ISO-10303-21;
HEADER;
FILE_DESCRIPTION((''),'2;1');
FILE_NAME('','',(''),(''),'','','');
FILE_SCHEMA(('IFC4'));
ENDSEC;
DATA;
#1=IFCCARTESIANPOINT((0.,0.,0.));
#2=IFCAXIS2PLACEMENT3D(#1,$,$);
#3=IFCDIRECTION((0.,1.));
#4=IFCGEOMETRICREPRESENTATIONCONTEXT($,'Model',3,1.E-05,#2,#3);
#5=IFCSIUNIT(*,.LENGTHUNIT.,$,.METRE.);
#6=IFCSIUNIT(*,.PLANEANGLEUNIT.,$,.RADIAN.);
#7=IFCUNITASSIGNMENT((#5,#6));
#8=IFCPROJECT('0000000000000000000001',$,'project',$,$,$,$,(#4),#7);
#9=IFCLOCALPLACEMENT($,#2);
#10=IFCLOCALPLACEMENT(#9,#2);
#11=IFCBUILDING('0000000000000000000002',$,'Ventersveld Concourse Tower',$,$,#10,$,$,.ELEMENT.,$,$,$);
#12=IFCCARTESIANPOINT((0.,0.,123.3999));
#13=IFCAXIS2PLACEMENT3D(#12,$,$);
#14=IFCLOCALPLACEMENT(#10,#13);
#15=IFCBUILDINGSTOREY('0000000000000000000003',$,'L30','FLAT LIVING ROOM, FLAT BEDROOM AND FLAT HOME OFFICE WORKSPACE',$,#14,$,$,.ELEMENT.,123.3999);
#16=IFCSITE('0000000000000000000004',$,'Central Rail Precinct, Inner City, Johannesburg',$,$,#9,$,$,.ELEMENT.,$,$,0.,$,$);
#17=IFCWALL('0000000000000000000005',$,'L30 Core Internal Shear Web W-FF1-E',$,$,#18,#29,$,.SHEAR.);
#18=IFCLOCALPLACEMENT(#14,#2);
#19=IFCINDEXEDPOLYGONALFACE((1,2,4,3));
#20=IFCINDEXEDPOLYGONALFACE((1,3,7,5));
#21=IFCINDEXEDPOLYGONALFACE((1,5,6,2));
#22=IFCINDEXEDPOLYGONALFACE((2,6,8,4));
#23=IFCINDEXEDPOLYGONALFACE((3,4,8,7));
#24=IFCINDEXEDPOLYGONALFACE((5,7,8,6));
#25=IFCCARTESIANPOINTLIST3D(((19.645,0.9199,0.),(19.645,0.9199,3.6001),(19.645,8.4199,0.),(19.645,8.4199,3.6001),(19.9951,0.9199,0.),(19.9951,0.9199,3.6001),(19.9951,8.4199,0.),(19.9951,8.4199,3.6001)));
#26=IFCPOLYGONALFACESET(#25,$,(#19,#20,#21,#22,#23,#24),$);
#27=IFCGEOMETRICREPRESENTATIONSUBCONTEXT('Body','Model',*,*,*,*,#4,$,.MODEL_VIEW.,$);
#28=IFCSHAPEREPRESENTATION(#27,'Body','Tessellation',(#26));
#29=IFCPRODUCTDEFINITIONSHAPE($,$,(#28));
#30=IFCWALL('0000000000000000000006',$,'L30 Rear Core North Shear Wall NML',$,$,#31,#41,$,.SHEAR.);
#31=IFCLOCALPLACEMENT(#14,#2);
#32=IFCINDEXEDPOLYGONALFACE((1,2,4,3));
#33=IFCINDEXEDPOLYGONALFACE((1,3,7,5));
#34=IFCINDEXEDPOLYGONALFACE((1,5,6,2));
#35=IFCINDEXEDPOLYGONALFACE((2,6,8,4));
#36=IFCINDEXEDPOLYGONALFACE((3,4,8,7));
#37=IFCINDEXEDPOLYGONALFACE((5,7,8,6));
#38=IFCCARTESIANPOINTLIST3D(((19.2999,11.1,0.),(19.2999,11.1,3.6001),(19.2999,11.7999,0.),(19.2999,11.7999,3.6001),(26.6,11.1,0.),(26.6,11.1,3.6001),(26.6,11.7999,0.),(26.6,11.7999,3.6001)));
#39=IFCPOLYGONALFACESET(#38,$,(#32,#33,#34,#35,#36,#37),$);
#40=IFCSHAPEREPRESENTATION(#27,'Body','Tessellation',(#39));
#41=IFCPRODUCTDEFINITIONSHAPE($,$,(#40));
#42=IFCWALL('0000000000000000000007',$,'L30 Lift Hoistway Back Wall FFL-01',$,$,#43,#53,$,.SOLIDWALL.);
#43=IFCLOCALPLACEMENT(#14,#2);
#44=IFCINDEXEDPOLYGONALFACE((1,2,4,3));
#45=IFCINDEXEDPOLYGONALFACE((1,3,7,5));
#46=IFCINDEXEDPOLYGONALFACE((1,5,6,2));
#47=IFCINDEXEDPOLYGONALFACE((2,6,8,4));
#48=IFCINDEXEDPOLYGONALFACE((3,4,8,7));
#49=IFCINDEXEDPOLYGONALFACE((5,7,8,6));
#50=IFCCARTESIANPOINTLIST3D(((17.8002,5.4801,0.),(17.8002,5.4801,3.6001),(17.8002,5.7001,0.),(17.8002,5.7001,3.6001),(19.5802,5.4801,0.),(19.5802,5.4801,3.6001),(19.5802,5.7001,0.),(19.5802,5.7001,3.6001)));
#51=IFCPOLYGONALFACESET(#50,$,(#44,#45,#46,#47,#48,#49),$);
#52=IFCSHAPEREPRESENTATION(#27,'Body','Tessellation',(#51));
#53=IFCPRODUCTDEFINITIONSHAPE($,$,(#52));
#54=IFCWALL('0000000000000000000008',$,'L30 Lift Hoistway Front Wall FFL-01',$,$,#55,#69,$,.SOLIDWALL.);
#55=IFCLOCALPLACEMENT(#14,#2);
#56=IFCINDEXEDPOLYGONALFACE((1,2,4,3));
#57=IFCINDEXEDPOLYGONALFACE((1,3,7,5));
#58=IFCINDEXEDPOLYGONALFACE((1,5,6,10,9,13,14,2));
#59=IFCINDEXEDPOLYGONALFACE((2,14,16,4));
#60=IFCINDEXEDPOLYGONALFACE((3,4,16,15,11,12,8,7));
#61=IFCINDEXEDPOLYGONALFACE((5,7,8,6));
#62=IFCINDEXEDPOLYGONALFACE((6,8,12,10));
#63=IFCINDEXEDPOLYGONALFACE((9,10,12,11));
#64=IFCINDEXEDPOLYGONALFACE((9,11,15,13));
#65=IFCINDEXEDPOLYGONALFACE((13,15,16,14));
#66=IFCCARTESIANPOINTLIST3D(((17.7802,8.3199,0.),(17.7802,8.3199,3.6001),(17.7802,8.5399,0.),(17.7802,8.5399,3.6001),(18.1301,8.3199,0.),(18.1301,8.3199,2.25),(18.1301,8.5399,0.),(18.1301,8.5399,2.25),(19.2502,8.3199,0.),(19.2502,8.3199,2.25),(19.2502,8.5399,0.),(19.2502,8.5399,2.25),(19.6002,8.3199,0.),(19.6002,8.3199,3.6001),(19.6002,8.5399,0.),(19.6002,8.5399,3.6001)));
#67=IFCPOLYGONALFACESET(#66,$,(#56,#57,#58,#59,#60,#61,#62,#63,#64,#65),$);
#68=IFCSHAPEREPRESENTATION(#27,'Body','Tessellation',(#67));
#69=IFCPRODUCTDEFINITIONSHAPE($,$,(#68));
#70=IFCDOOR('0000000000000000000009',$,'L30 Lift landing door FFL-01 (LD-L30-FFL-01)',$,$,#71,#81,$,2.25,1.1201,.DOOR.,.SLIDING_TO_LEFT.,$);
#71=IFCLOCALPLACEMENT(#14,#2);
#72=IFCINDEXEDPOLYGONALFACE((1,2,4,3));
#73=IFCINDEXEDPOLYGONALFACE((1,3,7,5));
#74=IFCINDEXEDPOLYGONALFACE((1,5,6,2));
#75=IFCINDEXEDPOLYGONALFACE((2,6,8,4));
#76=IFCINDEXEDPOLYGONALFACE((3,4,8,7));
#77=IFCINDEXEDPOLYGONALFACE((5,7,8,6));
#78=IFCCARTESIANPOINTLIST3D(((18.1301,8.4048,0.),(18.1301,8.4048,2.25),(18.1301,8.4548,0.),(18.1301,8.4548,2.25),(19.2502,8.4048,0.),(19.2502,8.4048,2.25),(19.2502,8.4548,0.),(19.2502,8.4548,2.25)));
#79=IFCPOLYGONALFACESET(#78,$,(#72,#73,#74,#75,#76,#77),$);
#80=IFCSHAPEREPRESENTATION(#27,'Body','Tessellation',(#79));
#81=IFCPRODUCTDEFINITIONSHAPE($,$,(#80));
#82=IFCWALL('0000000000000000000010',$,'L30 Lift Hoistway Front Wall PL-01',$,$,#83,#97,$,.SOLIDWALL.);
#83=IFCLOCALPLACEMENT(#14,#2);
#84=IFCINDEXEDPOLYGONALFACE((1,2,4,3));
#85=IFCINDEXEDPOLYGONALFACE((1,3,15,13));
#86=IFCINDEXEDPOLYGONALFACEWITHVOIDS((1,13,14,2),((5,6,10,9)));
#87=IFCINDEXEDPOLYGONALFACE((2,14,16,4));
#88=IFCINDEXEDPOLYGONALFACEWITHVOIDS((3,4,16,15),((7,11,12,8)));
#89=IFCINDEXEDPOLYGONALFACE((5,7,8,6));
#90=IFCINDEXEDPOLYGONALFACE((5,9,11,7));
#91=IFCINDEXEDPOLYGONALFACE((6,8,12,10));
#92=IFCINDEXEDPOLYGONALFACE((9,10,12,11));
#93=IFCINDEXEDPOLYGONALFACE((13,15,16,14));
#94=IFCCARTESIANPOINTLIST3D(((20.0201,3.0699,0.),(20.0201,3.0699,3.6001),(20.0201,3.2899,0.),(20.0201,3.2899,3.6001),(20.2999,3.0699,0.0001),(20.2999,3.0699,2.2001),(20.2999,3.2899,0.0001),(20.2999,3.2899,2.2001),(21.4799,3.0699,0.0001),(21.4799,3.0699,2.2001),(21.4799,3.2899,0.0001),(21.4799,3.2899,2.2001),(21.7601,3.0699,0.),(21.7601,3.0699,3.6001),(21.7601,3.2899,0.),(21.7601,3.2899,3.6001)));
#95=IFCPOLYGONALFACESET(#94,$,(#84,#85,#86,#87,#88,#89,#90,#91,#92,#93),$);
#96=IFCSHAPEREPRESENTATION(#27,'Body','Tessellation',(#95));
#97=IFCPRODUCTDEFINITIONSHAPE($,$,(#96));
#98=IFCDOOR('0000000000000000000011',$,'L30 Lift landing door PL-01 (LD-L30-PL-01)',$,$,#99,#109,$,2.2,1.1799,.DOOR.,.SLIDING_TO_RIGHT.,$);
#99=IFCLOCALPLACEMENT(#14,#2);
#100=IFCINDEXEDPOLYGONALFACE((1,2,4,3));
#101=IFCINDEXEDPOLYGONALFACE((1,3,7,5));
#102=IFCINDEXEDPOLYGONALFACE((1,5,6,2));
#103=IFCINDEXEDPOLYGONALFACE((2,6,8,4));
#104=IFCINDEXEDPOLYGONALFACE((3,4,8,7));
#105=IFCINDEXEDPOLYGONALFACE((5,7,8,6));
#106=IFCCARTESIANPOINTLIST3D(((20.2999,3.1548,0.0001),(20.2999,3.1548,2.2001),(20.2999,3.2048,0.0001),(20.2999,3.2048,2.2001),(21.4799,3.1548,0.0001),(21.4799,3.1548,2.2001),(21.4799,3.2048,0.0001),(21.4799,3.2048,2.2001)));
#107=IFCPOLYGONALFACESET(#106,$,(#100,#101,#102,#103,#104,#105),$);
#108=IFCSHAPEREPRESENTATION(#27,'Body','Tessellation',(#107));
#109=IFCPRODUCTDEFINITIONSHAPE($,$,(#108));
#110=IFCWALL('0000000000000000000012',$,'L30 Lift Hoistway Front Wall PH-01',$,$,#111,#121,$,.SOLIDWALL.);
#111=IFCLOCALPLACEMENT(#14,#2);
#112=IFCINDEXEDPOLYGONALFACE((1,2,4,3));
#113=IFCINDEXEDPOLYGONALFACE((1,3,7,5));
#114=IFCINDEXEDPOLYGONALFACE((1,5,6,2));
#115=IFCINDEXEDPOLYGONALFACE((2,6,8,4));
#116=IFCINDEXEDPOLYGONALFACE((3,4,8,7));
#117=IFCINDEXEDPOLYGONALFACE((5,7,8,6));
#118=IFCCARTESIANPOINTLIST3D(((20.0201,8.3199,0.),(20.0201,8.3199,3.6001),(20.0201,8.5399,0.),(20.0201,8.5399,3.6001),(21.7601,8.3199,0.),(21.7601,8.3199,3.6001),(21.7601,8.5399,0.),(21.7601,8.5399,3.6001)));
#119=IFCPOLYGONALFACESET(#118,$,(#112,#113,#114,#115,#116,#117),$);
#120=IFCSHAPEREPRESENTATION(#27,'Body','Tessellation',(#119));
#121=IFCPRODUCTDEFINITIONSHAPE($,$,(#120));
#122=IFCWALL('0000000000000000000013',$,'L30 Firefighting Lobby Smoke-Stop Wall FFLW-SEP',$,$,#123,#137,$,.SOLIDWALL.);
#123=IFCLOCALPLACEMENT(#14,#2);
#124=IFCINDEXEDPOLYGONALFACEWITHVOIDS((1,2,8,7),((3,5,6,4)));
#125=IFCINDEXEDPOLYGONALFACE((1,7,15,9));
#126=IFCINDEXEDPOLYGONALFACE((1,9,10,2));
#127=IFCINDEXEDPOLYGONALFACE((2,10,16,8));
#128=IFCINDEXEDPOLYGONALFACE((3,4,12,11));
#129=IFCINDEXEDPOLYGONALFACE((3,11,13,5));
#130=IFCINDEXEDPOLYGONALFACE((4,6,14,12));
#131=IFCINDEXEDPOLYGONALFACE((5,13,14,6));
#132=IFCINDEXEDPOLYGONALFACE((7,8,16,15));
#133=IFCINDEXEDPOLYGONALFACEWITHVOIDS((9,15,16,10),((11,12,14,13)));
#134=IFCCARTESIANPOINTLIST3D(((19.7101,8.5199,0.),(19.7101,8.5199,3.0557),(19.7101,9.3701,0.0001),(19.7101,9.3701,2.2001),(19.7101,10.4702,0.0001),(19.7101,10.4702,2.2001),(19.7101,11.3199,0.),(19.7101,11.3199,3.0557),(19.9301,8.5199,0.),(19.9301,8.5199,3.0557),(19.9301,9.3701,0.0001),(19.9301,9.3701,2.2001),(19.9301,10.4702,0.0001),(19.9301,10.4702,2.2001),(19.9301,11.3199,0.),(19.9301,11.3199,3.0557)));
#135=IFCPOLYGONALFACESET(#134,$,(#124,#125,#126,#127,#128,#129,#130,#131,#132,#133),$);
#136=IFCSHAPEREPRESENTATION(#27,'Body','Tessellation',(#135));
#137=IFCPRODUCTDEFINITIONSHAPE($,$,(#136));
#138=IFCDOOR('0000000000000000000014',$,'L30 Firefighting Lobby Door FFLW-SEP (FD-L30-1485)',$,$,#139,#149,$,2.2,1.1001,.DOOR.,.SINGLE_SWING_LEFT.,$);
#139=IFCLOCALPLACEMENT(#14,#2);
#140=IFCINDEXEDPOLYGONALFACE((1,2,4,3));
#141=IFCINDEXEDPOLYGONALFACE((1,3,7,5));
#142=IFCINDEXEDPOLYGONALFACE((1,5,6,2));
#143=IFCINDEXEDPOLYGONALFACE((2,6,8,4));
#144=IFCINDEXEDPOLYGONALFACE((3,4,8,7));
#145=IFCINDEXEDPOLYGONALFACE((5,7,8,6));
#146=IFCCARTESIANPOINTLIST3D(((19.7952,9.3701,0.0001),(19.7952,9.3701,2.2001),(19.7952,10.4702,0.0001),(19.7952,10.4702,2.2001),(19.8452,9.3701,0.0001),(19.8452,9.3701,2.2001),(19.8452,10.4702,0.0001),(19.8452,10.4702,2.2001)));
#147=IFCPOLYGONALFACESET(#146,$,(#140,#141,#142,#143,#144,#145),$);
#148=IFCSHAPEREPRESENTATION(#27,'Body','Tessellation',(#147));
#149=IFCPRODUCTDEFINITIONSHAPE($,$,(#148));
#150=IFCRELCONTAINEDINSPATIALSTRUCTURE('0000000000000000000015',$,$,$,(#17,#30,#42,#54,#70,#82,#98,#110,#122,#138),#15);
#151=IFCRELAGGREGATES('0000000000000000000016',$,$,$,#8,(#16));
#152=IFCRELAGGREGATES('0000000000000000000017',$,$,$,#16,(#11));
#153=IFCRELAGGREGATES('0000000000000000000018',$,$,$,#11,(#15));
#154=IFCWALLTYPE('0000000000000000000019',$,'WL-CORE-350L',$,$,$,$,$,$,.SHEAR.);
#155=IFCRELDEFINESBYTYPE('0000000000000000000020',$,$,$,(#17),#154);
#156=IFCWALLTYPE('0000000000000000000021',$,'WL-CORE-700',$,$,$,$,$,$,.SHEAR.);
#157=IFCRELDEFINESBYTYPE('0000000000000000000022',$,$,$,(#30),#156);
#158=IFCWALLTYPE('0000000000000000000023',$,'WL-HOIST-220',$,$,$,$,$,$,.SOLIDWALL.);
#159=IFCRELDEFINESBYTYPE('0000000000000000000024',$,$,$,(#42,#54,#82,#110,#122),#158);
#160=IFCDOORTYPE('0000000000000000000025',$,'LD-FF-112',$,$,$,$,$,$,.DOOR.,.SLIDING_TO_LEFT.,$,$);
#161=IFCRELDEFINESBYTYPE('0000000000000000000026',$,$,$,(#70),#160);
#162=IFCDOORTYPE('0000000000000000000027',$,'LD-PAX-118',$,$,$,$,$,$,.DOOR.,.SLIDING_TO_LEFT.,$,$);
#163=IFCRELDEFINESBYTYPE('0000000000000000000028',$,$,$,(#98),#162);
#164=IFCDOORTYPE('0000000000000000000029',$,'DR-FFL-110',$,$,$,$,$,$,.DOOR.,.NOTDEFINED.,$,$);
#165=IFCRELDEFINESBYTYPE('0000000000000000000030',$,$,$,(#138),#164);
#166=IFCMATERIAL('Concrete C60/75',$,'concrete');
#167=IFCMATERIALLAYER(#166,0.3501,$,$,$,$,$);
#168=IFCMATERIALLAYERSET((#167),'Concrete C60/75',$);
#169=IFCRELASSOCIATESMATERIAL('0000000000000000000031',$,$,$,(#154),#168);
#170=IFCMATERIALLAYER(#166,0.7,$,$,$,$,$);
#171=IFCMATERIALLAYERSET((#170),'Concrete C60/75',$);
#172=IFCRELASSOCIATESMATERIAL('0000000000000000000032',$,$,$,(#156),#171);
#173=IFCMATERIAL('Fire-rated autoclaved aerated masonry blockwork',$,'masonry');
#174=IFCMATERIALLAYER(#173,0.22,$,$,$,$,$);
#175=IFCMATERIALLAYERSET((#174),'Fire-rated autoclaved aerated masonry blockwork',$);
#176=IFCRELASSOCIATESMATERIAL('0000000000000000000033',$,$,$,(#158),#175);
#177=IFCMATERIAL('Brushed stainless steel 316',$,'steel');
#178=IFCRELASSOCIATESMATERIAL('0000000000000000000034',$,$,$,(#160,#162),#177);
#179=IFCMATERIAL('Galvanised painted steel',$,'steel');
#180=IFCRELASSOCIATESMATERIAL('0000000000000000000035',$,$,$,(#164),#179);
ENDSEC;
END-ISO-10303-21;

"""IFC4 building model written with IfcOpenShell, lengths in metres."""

from ifc_helpers import new_model, si_unit, direction, frame, frame_2d, origin, place, context, subcontext, project, spatial, rectangle, extrude, material, layer, layer_set, type_object, element, fill, save


model = new_model("IFC4")

# Units and contexts
model_context = context("Model", 3, precision=1e-05, world=origin(), true_north=direction((0.0, 1.0)))
body_context = subcontext(model_context, "Body", "Model", "MODEL_VIEW")
ifc_project = project(units=[si_unit("LENGTHUNIT", "METRE"), si_unit("PLANEANGLEUNIT", "RADIAN")], contexts=[model_context])

# Site, building, storey
site_placement = place(None, origin())
site = spatial("IfcSite", under=ifc_project, at=site_placement, Name="Central Rail Precinct, Inner City, Johannesburg", CompositionType="ELEMENT", RefElevation=0.0)
building_placement = place(site_placement, origin())
building = spatial("IfcBuilding", under=site, at=building_placement, Name="Ventersveld Concourse Tower", CompositionType="ELEMENT")
storey_placement = place(building_placement, frame((0.0, 0.0, 123.3999)))
storey = spatial("IfcBuildingStorey", under=building, at=storey_placement, Name="L30", Description="FLAT LIVING ROOM, FLAT BEDROOM AND FLAT HOME OFFICE WORKSPACE", CompositionType="ELEMENT", Elevation=123.3999)

# Shared definitions
ifc_material_1 = material(Name="Concrete C60/75", Category="concrete")

# Walls
ifc_layer_1 = layer(ifc_material_1, 0.3501)
ifc_layer_set_1 = layer_set([ifc_layer_1], Name="Concrete C60/75")
wall_type_1 = type_object("IfcWallType", Name="WL-CORE-350L", PredefinedType="SHEAR", material=ifc_layer_set_1)
for number, where, z_axis, x_axis, name in (
    (1, (19.8201, 0.9199, 0.0), (0.0, 0.0, 1.0), (0.0, 1.0, 0.0), "L30 Core Internal Shear Web W-FF1-E"),
):
    element("IfcWall", number, at=place(storey_placement, frame(where, z_axis=z_axis, x_axis=x_axis)), inside=storey, type_object=wall_type_1, Name=name, PredefinedType="SHEAR", context=body_context, shape_type="SweptSolid", body=[
        extrude(rectangle(XDim=7.5, YDim=0.3501, at=frame_2d((3.75, 0.0))), origin(), (0.0, 0.0, 1.0), 3.6001),
    ])
ifc_layer_2 = layer(ifc_material_1, 0.7)
ifc_layer_set_2 = layer_set([ifc_layer_2], Name="Concrete C60/75")
wall_type_2 = type_object("IfcWallType", Name="WL-CORE-700", PredefinedType="SHEAR", material=ifc_layer_set_2)
wall_1_placement = place(storey_placement, frame((19.3, 11.45, 0.0), z_axis=(0.0, 0.0, 1.0), x_axis=(1.0, 0.0, 0.0)))
element("IfcWall", 2, at=wall_1_placement, inside=storey, type_object=wall_type_2, Name="L30 Rear Core North Shear Wall NML", PredefinedType="SHEAR", context=body_context, shape_type="SweptSolid", body=[
    extrude(rectangle(XDim=7.3, YDim=0.7, at=frame_2d((3.6499, 0.0))), origin(), (0.0, 0.0, 1.0), 3.6001),
])
ifc_material_2 = material(Name="Fire-rated autoclaved aerated masonry blockwork", Category="masonry")
ifc_layer_3 = layer(ifc_material_2, 0.22)
ifc_layer_set_3 = layer_set([ifc_layer_3], Name="Fire-rated autoclaved aerated masonry blockwork")
wall_type_3 = type_object("IfcWallType", Name="WL-HOIST-220", PredefinedType="SOLIDWALL", material=ifc_layer_set_3)
wall_2_placement = place(storey_placement, frame((17.8, 5.5901, 0.0), z_axis=(0.0, 0.0, 1.0), x_axis=(1.0, 0.0, 0.0)))
element("IfcWall", 3, at=wall_2_placement, inside=storey, type_object=wall_type_3, Name="L30 Lift Hoistway Back Wall FFL-01", PredefinedType="SOLIDWALL", context=body_context, shape_type="SweptSolid", body=[
    extrude(rectangle(XDim=1.78, YDim=0.22, at=frame_2d((0.8901, 0.0))), origin(), (0.0, 0.0, 1.0), 3.6001),
])

# Walls, openings, doors
wall_3_placement = place(storey_placement, frame((17.78, 8.4299, 0.0), z_axis=(0.0, 0.0, 1.0), x_axis=(1.0, 0.0, 0.0)))
wall_3 = element("IfcWall", 4, at=wall_3_placement, inside=storey, type_object=wall_type_3, Name="L30 Lift Hoistway Front Wall FFL-01", PredefinedType="SOLIDWALL", context=body_context, shape_type="SweptSolid", body=[
    extrude(rectangle(XDim=1.8201, YDim=0.22, at=frame_2d((0.9102, 0.0))), origin(), (0.0, 0.0, 1.0), 3.6001),
])
opening_1_placement = place(wall_3_placement, frame((0.3501, 0.0, 0.0)))
opening_1 = element("IfcOpeningElement", 5, at=opening_1_placement, cuts=wall_3, PredefinedType="OPENING", context=body_context, shape_type="SweptSolid", body=[
    extrude(rectangle(XDim=1.1201, YDim=2.25, at=frame_2d((0.5601, 1.125))), frame((0.0, 0.1201, 0.0), z_axis=(0.0, -1.0, 0.0), x_axis=(1.0, 0.0, 0.0)), (0.0, 0.0, 1.0), 0.24),
])
ifc_material_3 = material(Name="Brushed stainless steel 316", Category="steel")
door_type_1 = type_object("IfcDoorType", Name="LD-FF-112", OperationType="SLIDING_TO_LEFT", PredefinedType="DOOR", material=ifc_material_3)
door_1_placement = place(opening_1_placement, origin())
door_1 = element("IfcDoor", 6, at=door_1_placement, inside=storey, type_object=door_type_1, Name="L30 Lift landing door FFL-01 (LD-L30-FFL-01)", OperationType="SLIDING_TO_LEFT", OverallHeight=2.25, OverallWidth=1.1201, PredefinedType="DOOR", context=body_context, shape_type="SweptSolid", body=[
    extrude(rectangle(XDim=1.1201, YDim=2.25, at=frame_2d((0.5601, 1.125))), frame((0.0, 0.0249, 0.0), z_axis=(0.0, -1.0, 0.0), x_axis=(1.0, 0.0, 0.0)), (0.0, 0.0, 1.0), 0.05),
])
fill(opening_1, door_1)
wall_4_placement = place(storey_placement, frame((20.02, 3.1799, 0.0), z_axis=(0.0, 0.0, 1.0), x_axis=(1.0, 0.0, 0.0)))
wall_4 = element("IfcWall", 7, at=wall_4_placement, inside=storey, type_object=wall_type_3, Name="L30 Lift Hoistway Front Wall PL-01", PredefinedType="SOLIDWALL", context=body_context, shape_type="SweptSolid", body=[
    extrude(rectangle(XDim=1.74, YDim=0.22, at=frame_2d((0.8701, 0.0))), origin(), (0.0, 0.0, 1.0), 3.6001),
])
opening_2_placement = place(wall_4_placement, frame((0.28, 0.0, 0.0)))
opening_2 = element("IfcOpeningElement", 8, at=opening_2_placement, cuts=wall_4, PredefinedType="OPENING", context=body_context, shape_type="SweptSolid", body=[
    extrude(rectangle(XDim=1.1799, YDim=2.2, at=frame_2d((0.5898, 1.1001))), frame((0.0, 0.1201, 0.0), z_axis=(0.0, -1.0, 0.0), x_axis=(1.0, 0.0, 0.0)), (0.0, 0.0, 1.0), 0.24),
])
door_type_2 = type_object("IfcDoorType", Name="LD-PAX-118", OperationType="SLIDING_TO_LEFT", PredefinedType="DOOR", material=ifc_material_3)
door_2_placement = place(opening_2_placement, origin())
door_2 = element("IfcDoor", 9, at=door_2_placement, inside=storey, type_object=door_type_2, Name="L30 Lift landing door PL-01 (LD-L30-PL-01)", OperationType="SLIDING_TO_RIGHT", OverallHeight=2.2, OverallWidth=1.1799, PredefinedType="DOOR", context=body_context, shape_type="SweptSolid", body=[
    extrude(rectangle(XDim=1.1799, YDim=2.2, at=frame_2d((0.5898, 1.1001))), frame((0.0, 0.0249, 0.0), z_axis=(0.0, -1.0, 0.0), x_axis=(1.0, 0.0, 0.0)), (0.0, 0.0, 1.0), 0.05),
])
fill(opening_2, door_2)

# Wall
wall_5_placement = place(storey_placement, frame((20.02, 8.4299, 0.0), z_axis=(0.0, 0.0, 1.0), x_axis=(1.0, 0.0, 0.0)))
element("IfcWall", 10, at=wall_5_placement, inside=storey, type_object=wall_type_3, Name="L30 Lift Hoistway Front Wall PH-01", PredefinedType="SOLIDWALL", context=body_context, shape_type="SweptSolid", body=[
    extrude(rectangle(XDim=1.74, YDim=0.22, at=frame_2d((0.8701, 0.0))), origin(), (0.0, 0.0, 1.0), 3.6001),
])

# Wall, opening, door
wall_6_placement = place(storey_placement, frame((19.8201, 8.52, 0.0), z_axis=(0.0, 0.0, 1.0), x_axis=(0.0, 1.0, 0.0)))
wall_6 = element("IfcWall", 11, at=wall_6_placement, inside=storey, type_object=wall_type_3, Name="L30 Firefighting Lobby Smoke-Stop Wall FFLW-SEP", PredefinedType="SOLIDWALL", context=body_context, shape_type="SweptSolid", body=[
    extrude(rectangle(XDim=2.8, YDim=0.22, at=frame_2d((1.3999, 0.0))), origin(), (0.0, 0.0, 1.0), 3.0557),
])
opening_3_placement = place(wall_6_placement, frame((0.8501, 0.0, 0.0)))
opening_3 = element("IfcOpeningElement", 12, at=opening_3_placement, cuts=wall_6, PredefinedType="OPENING", context=body_context, shape_type="SweptSolid", body=[
    extrude(rectangle(XDim=1.1001, YDim=2.2, at=frame_2d((0.55, 1.1001))), frame((0.0, 0.1201, 0.0), z_axis=(0.0, -1.0, 0.0), x_axis=(1.0, 0.0, 0.0)), (0.0, 0.0, 1.0), 0.24),
])
ifc_material_4 = material(Name="Galvanised painted steel", Category="steel")
door_type_3 = type_object("IfcDoorType", Name="DR-FFL-110", OperationType="NOTDEFINED", PredefinedType="DOOR", material=ifc_material_4)
door_3_placement = place(opening_3_placement, origin())
door_3 = element("IfcDoor", 13, at=door_3_placement, inside=storey, type_object=door_type_3, Name="L30 Firefighting Lobby Door FFLW-SEP (FD-L30-1485)", OperationType="SINGLE_SWING_LEFT", OverallHeight=2.2, OverallWidth=1.1001, PredefinedType="DOOR", context=body_context, shape_type="SweptSolid", body=[
    extrude(rectangle(XDim=1.1001, YDim=2.2, at=frame_2d((0.55, 1.1001))), frame((0.0, 0.0249, 0.0), z_axis=(0.0, -1.0, 0.0), x_axis=(1.0, 0.0, 0.0)), (0.0, 0.0, 1.0), 0.05),
])
fill(opening_3, door_3)

save(model, "model.ifc")
